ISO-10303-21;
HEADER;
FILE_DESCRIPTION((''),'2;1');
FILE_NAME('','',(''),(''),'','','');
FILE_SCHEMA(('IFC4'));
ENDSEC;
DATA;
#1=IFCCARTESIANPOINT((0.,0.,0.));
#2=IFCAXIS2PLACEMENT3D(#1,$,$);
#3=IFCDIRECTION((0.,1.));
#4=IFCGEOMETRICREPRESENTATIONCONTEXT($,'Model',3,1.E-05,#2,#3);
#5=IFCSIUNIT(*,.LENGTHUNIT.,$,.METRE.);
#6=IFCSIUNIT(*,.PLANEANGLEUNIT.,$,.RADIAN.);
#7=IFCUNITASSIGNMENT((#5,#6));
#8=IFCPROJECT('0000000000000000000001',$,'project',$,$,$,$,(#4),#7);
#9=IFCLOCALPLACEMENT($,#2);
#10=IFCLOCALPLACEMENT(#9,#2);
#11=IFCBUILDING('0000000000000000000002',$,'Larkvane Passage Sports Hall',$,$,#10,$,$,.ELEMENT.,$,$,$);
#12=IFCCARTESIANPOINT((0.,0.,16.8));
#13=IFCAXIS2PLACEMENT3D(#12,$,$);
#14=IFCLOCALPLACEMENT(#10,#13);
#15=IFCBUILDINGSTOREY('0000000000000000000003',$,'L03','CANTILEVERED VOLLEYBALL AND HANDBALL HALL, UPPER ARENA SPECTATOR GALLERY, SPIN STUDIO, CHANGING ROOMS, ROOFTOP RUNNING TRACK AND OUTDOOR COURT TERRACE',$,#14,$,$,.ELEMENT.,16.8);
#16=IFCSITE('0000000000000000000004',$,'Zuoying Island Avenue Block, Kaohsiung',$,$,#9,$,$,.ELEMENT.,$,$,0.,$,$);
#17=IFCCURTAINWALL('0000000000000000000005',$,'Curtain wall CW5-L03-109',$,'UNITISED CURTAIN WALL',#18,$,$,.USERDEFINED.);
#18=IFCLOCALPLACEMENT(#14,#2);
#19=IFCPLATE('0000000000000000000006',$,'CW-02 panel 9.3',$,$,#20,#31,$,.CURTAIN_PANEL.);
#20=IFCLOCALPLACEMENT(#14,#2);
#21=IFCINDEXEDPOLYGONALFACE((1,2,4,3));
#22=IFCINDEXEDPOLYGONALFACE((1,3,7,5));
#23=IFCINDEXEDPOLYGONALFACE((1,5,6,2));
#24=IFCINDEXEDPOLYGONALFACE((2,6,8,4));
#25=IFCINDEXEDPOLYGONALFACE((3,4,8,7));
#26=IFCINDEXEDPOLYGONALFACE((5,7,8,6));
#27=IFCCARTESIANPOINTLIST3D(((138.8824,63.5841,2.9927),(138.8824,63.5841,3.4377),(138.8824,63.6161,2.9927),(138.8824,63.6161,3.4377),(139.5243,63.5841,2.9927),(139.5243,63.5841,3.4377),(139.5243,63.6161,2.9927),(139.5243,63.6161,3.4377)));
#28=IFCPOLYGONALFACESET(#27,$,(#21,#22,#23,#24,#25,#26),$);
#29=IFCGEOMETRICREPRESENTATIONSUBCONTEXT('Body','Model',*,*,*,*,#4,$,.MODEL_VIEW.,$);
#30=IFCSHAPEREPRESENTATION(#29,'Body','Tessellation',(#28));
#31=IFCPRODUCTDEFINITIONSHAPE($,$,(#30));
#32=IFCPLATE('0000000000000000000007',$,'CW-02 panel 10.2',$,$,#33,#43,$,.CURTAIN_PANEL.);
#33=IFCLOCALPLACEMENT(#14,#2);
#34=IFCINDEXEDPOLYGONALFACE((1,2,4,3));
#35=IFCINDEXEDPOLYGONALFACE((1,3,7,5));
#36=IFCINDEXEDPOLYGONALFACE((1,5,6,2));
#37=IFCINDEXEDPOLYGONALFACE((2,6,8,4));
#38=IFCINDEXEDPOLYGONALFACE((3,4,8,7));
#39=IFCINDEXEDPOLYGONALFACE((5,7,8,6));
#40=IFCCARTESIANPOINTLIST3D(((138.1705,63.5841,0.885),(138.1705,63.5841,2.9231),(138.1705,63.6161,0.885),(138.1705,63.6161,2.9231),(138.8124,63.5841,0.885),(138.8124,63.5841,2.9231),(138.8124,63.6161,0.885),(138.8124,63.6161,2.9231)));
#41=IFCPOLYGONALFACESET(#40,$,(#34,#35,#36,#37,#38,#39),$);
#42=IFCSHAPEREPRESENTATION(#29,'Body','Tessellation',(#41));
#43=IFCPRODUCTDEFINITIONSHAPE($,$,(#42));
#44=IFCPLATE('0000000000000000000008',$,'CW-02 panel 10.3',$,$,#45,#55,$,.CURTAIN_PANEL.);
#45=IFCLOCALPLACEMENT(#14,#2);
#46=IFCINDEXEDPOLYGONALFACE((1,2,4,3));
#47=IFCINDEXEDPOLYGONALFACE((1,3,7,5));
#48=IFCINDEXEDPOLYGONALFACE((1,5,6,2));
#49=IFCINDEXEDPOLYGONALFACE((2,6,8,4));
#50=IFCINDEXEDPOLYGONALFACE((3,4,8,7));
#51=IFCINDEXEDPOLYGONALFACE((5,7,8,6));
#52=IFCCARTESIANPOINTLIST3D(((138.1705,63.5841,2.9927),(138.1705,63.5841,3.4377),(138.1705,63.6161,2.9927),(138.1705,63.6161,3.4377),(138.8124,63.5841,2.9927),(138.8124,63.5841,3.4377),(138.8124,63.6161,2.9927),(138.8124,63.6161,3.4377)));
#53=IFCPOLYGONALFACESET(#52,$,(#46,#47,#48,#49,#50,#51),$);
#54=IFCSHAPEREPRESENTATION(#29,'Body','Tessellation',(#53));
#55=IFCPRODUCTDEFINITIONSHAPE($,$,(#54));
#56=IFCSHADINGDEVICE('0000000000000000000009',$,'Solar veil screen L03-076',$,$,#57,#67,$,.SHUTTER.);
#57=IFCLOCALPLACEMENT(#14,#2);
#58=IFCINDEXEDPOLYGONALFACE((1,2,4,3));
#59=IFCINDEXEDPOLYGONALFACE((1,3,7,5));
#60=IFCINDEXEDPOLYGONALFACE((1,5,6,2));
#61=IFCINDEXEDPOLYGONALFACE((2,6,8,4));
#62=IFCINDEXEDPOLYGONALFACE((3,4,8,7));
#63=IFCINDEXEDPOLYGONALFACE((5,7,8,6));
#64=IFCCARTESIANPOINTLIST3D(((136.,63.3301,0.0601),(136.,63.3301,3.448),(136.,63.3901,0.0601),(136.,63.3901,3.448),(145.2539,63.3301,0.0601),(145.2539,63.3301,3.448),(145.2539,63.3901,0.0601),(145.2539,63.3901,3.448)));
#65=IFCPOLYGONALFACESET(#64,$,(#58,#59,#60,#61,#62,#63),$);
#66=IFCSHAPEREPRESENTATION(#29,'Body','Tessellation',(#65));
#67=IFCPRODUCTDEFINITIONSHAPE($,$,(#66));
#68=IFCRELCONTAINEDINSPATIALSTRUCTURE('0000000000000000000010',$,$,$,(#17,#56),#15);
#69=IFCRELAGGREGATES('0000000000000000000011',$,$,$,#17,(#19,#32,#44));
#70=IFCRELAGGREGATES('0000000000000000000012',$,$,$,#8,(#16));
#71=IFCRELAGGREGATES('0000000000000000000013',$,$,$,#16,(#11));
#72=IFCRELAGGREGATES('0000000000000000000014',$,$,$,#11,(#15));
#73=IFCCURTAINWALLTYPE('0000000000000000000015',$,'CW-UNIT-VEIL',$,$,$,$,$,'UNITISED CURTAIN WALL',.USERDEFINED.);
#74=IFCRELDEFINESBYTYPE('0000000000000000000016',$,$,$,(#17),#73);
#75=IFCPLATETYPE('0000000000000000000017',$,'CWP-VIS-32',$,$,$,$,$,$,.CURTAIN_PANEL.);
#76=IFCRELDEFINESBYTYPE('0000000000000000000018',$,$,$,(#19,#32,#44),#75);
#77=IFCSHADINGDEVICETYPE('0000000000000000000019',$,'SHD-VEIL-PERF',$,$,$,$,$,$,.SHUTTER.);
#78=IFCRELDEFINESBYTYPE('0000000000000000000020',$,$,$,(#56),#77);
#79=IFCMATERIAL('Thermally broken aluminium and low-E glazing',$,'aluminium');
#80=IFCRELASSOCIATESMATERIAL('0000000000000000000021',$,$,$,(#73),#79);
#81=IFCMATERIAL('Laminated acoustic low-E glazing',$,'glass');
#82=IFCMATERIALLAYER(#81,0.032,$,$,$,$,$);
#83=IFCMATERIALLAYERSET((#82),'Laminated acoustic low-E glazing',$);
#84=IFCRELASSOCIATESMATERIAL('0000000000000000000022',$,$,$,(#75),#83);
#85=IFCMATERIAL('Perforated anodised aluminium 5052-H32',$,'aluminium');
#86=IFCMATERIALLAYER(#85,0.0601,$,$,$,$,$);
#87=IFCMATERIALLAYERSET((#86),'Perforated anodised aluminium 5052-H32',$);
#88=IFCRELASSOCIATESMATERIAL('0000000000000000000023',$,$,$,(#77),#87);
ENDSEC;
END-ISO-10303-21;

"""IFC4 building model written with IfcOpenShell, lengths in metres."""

from ifc_helpers import new_model, si_unit, direction, frame, origin, origin_2d, place, context, subcontext, project, spatial, rectangle, extrude, material, layer, layer_set, type_object, element, aggregate, save


model = new_model("IFC4")

# Units and contexts
model_context = context("Model", 3, precision=1e-05, world=origin(), true_north=direction((0.0, 1.0)))
body_context = subcontext(model_context, "Body", "Model", "MODEL_VIEW")
ifc_project = project(units=[si_unit("LENGTHUNIT", "METRE"), si_unit("PLANEANGLEUNIT", "RADIAN")], contexts=[model_context])

# Site, building, storey
site_placement = place(None, origin())
site = spatial("IfcSite", under=ifc_project, at=site_placement, Name="Zuoying Island Avenue Block, Kaohsiung", CompositionType="ELEMENT", RefElevation=0.0)
building_placement = place(site_placement, origin())
building = spatial("IfcBuilding", under=site, at=building_placement, Name="Larkvane Passage Sports Hall", CompositionType="ELEMENT")
storey_placement = place(building_placement, frame((0.0, 0.0, 16.8)))
storey = spatial("IfcBuildingStorey", under=building, at=storey_placement, Name="L03", Description="CANTILEVERED VOLLEYBALL AND HANDBALL HALL, UPPER ARENA SPECTATOR GALLERY, SPIN STUDIO, CHANGING ROOMS, ROOFTOP RUNNING TRACK AND OUTDOOR COURT TERRACE", CompositionType="ELEMENT", Elevation=16.8)

# Curtain wall, plates
ifc_material_1 = material(Name="Thermally broken aluminium and low-E glazing", Category="aluminium")
curtain_wall_type = type_object("IfcCurtainWallType", Name="CW-UNIT-VEIL", ElementType="UNITISED CURTAIN WALL", PredefinedType="USERDEFINED", material=ifc_material_1)
curtain_wall_placement = place(storey_placement, origin())
curtain_wall = element("IfcCurtainWall", 1, at=curtain_wall_placement, inside=storey, type_object=curtain_wall_type, Name="Curtain wall CW5-L03-109", ObjectType="UNITISED CURTAIN WALL", PredefinedType="USERDEFINED")
ifc_material_2 = material(Name="Laminated acoustic low-E glazing", Category="glass")
ifc_layer_1 = layer(ifc_material_2, 0.032)
ifc_layer_set_1 = layer_set([ifc_layer_1], Name="Laminated acoustic low-E glazing")
plate_type_1 = type_object("IfcPlateType", Name="CWP-VIS-32", PredefinedType="CURTAIN_PANEL", material=ifc_layer_set_1)
plate_1_placement = place(storey_placement, frame((139.2034, 63.6001, 2.9927), z_axis=(0.0, 0.0, 1.0), x_axis=(-1.0, 0.0, 0.0)))
plate_1 = element("IfcPlate", 2, at=plate_1_placement, type_object=plate_type_1, Name="CW-02 panel 9.3", PredefinedType="CURTAIN_PANEL", context=body_context, shape_type="SweptSolid", body=[
    extrude(rectangle(XDim=0.6418, YDim=0.032, at=origin_2d()), origin(), (0.0, 0.0, 1.0), 0.4451),
])
plate_2_placement = place(storey_placement, frame((138.4915, 63.6001, 0.885), z_axis=(0.0, 0.0, 1.0), x_axis=(-1.0, 0.0, 0.0)))
plate_2 = element("IfcPlate", 3, at=plate_2_placement, type_object=plate_type_1, Name="CW-02 panel 10.2", PredefinedType="CURTAIN_PANEL", context=body_context, shape_type="SweptSolid", body=[
    extrude(rectangle(XDim=0.6418, YDim=0.032, at=origin_2d()), origin(), (0.0, 0.0, 1.0), 2.0381),
])
plate_3_placement = place(storey_placement, frame((138.4915, 63.6001, 2.9927), z_axis=(0.0, 0.0, 1.0), x_axis=(-1.0, 0.0, 0.0)))
plate_3 = element("IfcPlate", 4, at=plate_3_placement, type_object=plate_type_1, Name="CW-02 panel 10.3", PredefinedType="CURTAIN_PANEL", context=body_context, shape_type="SweptSolid", body=[
    extrude(rectangle(XDim=0.6418, YDim=0.032, at=origin_2d()), origin(), (0.0, 0.0, 1.0), 0.4451),
])
aggregate(curtain_wall, [plate_1, plate_2, plate_3])

# Shading device
ifc_material_3 = material(Name="Perforated anodised aluminium 5052-H32", Category="aluminium")
ifc_layer_2 = layer(ifc_material_3, 0.0601)
ifc_layer_set_2 = layer_set([ifc_layer_2], Name="Perforated anodised aluminium 5052-H32")
shading_device_type = type_object("IfcShadingDeviceType", Name="SHD-VEIL-PERF", PredefinedType="SHUTTER", material=ifc_layer_set_2)
shading_device_placement = place(storey_placement, frame((140.627, 63.3601, 0.0601), z_axis=(0.0, 0.0, 1.0), x_axis=(-1.0, 0.0, 0.0)))
element("IfcShadingDevice", 5, at=shading_device_placement, inside=storey, type_object=shading_device_type, Name="Solar veil screen L03-076", PredefinedType="SHUTTER", context=body_context, shape_type="SweptSolid", body=[
    extrude(rectangle(XDim=9.2539, YDim=0.0601, at=origin_2d()), origin(), (0.0, 0.0, 1.0), 3.3879),
])

save(model, "model.ifc")
